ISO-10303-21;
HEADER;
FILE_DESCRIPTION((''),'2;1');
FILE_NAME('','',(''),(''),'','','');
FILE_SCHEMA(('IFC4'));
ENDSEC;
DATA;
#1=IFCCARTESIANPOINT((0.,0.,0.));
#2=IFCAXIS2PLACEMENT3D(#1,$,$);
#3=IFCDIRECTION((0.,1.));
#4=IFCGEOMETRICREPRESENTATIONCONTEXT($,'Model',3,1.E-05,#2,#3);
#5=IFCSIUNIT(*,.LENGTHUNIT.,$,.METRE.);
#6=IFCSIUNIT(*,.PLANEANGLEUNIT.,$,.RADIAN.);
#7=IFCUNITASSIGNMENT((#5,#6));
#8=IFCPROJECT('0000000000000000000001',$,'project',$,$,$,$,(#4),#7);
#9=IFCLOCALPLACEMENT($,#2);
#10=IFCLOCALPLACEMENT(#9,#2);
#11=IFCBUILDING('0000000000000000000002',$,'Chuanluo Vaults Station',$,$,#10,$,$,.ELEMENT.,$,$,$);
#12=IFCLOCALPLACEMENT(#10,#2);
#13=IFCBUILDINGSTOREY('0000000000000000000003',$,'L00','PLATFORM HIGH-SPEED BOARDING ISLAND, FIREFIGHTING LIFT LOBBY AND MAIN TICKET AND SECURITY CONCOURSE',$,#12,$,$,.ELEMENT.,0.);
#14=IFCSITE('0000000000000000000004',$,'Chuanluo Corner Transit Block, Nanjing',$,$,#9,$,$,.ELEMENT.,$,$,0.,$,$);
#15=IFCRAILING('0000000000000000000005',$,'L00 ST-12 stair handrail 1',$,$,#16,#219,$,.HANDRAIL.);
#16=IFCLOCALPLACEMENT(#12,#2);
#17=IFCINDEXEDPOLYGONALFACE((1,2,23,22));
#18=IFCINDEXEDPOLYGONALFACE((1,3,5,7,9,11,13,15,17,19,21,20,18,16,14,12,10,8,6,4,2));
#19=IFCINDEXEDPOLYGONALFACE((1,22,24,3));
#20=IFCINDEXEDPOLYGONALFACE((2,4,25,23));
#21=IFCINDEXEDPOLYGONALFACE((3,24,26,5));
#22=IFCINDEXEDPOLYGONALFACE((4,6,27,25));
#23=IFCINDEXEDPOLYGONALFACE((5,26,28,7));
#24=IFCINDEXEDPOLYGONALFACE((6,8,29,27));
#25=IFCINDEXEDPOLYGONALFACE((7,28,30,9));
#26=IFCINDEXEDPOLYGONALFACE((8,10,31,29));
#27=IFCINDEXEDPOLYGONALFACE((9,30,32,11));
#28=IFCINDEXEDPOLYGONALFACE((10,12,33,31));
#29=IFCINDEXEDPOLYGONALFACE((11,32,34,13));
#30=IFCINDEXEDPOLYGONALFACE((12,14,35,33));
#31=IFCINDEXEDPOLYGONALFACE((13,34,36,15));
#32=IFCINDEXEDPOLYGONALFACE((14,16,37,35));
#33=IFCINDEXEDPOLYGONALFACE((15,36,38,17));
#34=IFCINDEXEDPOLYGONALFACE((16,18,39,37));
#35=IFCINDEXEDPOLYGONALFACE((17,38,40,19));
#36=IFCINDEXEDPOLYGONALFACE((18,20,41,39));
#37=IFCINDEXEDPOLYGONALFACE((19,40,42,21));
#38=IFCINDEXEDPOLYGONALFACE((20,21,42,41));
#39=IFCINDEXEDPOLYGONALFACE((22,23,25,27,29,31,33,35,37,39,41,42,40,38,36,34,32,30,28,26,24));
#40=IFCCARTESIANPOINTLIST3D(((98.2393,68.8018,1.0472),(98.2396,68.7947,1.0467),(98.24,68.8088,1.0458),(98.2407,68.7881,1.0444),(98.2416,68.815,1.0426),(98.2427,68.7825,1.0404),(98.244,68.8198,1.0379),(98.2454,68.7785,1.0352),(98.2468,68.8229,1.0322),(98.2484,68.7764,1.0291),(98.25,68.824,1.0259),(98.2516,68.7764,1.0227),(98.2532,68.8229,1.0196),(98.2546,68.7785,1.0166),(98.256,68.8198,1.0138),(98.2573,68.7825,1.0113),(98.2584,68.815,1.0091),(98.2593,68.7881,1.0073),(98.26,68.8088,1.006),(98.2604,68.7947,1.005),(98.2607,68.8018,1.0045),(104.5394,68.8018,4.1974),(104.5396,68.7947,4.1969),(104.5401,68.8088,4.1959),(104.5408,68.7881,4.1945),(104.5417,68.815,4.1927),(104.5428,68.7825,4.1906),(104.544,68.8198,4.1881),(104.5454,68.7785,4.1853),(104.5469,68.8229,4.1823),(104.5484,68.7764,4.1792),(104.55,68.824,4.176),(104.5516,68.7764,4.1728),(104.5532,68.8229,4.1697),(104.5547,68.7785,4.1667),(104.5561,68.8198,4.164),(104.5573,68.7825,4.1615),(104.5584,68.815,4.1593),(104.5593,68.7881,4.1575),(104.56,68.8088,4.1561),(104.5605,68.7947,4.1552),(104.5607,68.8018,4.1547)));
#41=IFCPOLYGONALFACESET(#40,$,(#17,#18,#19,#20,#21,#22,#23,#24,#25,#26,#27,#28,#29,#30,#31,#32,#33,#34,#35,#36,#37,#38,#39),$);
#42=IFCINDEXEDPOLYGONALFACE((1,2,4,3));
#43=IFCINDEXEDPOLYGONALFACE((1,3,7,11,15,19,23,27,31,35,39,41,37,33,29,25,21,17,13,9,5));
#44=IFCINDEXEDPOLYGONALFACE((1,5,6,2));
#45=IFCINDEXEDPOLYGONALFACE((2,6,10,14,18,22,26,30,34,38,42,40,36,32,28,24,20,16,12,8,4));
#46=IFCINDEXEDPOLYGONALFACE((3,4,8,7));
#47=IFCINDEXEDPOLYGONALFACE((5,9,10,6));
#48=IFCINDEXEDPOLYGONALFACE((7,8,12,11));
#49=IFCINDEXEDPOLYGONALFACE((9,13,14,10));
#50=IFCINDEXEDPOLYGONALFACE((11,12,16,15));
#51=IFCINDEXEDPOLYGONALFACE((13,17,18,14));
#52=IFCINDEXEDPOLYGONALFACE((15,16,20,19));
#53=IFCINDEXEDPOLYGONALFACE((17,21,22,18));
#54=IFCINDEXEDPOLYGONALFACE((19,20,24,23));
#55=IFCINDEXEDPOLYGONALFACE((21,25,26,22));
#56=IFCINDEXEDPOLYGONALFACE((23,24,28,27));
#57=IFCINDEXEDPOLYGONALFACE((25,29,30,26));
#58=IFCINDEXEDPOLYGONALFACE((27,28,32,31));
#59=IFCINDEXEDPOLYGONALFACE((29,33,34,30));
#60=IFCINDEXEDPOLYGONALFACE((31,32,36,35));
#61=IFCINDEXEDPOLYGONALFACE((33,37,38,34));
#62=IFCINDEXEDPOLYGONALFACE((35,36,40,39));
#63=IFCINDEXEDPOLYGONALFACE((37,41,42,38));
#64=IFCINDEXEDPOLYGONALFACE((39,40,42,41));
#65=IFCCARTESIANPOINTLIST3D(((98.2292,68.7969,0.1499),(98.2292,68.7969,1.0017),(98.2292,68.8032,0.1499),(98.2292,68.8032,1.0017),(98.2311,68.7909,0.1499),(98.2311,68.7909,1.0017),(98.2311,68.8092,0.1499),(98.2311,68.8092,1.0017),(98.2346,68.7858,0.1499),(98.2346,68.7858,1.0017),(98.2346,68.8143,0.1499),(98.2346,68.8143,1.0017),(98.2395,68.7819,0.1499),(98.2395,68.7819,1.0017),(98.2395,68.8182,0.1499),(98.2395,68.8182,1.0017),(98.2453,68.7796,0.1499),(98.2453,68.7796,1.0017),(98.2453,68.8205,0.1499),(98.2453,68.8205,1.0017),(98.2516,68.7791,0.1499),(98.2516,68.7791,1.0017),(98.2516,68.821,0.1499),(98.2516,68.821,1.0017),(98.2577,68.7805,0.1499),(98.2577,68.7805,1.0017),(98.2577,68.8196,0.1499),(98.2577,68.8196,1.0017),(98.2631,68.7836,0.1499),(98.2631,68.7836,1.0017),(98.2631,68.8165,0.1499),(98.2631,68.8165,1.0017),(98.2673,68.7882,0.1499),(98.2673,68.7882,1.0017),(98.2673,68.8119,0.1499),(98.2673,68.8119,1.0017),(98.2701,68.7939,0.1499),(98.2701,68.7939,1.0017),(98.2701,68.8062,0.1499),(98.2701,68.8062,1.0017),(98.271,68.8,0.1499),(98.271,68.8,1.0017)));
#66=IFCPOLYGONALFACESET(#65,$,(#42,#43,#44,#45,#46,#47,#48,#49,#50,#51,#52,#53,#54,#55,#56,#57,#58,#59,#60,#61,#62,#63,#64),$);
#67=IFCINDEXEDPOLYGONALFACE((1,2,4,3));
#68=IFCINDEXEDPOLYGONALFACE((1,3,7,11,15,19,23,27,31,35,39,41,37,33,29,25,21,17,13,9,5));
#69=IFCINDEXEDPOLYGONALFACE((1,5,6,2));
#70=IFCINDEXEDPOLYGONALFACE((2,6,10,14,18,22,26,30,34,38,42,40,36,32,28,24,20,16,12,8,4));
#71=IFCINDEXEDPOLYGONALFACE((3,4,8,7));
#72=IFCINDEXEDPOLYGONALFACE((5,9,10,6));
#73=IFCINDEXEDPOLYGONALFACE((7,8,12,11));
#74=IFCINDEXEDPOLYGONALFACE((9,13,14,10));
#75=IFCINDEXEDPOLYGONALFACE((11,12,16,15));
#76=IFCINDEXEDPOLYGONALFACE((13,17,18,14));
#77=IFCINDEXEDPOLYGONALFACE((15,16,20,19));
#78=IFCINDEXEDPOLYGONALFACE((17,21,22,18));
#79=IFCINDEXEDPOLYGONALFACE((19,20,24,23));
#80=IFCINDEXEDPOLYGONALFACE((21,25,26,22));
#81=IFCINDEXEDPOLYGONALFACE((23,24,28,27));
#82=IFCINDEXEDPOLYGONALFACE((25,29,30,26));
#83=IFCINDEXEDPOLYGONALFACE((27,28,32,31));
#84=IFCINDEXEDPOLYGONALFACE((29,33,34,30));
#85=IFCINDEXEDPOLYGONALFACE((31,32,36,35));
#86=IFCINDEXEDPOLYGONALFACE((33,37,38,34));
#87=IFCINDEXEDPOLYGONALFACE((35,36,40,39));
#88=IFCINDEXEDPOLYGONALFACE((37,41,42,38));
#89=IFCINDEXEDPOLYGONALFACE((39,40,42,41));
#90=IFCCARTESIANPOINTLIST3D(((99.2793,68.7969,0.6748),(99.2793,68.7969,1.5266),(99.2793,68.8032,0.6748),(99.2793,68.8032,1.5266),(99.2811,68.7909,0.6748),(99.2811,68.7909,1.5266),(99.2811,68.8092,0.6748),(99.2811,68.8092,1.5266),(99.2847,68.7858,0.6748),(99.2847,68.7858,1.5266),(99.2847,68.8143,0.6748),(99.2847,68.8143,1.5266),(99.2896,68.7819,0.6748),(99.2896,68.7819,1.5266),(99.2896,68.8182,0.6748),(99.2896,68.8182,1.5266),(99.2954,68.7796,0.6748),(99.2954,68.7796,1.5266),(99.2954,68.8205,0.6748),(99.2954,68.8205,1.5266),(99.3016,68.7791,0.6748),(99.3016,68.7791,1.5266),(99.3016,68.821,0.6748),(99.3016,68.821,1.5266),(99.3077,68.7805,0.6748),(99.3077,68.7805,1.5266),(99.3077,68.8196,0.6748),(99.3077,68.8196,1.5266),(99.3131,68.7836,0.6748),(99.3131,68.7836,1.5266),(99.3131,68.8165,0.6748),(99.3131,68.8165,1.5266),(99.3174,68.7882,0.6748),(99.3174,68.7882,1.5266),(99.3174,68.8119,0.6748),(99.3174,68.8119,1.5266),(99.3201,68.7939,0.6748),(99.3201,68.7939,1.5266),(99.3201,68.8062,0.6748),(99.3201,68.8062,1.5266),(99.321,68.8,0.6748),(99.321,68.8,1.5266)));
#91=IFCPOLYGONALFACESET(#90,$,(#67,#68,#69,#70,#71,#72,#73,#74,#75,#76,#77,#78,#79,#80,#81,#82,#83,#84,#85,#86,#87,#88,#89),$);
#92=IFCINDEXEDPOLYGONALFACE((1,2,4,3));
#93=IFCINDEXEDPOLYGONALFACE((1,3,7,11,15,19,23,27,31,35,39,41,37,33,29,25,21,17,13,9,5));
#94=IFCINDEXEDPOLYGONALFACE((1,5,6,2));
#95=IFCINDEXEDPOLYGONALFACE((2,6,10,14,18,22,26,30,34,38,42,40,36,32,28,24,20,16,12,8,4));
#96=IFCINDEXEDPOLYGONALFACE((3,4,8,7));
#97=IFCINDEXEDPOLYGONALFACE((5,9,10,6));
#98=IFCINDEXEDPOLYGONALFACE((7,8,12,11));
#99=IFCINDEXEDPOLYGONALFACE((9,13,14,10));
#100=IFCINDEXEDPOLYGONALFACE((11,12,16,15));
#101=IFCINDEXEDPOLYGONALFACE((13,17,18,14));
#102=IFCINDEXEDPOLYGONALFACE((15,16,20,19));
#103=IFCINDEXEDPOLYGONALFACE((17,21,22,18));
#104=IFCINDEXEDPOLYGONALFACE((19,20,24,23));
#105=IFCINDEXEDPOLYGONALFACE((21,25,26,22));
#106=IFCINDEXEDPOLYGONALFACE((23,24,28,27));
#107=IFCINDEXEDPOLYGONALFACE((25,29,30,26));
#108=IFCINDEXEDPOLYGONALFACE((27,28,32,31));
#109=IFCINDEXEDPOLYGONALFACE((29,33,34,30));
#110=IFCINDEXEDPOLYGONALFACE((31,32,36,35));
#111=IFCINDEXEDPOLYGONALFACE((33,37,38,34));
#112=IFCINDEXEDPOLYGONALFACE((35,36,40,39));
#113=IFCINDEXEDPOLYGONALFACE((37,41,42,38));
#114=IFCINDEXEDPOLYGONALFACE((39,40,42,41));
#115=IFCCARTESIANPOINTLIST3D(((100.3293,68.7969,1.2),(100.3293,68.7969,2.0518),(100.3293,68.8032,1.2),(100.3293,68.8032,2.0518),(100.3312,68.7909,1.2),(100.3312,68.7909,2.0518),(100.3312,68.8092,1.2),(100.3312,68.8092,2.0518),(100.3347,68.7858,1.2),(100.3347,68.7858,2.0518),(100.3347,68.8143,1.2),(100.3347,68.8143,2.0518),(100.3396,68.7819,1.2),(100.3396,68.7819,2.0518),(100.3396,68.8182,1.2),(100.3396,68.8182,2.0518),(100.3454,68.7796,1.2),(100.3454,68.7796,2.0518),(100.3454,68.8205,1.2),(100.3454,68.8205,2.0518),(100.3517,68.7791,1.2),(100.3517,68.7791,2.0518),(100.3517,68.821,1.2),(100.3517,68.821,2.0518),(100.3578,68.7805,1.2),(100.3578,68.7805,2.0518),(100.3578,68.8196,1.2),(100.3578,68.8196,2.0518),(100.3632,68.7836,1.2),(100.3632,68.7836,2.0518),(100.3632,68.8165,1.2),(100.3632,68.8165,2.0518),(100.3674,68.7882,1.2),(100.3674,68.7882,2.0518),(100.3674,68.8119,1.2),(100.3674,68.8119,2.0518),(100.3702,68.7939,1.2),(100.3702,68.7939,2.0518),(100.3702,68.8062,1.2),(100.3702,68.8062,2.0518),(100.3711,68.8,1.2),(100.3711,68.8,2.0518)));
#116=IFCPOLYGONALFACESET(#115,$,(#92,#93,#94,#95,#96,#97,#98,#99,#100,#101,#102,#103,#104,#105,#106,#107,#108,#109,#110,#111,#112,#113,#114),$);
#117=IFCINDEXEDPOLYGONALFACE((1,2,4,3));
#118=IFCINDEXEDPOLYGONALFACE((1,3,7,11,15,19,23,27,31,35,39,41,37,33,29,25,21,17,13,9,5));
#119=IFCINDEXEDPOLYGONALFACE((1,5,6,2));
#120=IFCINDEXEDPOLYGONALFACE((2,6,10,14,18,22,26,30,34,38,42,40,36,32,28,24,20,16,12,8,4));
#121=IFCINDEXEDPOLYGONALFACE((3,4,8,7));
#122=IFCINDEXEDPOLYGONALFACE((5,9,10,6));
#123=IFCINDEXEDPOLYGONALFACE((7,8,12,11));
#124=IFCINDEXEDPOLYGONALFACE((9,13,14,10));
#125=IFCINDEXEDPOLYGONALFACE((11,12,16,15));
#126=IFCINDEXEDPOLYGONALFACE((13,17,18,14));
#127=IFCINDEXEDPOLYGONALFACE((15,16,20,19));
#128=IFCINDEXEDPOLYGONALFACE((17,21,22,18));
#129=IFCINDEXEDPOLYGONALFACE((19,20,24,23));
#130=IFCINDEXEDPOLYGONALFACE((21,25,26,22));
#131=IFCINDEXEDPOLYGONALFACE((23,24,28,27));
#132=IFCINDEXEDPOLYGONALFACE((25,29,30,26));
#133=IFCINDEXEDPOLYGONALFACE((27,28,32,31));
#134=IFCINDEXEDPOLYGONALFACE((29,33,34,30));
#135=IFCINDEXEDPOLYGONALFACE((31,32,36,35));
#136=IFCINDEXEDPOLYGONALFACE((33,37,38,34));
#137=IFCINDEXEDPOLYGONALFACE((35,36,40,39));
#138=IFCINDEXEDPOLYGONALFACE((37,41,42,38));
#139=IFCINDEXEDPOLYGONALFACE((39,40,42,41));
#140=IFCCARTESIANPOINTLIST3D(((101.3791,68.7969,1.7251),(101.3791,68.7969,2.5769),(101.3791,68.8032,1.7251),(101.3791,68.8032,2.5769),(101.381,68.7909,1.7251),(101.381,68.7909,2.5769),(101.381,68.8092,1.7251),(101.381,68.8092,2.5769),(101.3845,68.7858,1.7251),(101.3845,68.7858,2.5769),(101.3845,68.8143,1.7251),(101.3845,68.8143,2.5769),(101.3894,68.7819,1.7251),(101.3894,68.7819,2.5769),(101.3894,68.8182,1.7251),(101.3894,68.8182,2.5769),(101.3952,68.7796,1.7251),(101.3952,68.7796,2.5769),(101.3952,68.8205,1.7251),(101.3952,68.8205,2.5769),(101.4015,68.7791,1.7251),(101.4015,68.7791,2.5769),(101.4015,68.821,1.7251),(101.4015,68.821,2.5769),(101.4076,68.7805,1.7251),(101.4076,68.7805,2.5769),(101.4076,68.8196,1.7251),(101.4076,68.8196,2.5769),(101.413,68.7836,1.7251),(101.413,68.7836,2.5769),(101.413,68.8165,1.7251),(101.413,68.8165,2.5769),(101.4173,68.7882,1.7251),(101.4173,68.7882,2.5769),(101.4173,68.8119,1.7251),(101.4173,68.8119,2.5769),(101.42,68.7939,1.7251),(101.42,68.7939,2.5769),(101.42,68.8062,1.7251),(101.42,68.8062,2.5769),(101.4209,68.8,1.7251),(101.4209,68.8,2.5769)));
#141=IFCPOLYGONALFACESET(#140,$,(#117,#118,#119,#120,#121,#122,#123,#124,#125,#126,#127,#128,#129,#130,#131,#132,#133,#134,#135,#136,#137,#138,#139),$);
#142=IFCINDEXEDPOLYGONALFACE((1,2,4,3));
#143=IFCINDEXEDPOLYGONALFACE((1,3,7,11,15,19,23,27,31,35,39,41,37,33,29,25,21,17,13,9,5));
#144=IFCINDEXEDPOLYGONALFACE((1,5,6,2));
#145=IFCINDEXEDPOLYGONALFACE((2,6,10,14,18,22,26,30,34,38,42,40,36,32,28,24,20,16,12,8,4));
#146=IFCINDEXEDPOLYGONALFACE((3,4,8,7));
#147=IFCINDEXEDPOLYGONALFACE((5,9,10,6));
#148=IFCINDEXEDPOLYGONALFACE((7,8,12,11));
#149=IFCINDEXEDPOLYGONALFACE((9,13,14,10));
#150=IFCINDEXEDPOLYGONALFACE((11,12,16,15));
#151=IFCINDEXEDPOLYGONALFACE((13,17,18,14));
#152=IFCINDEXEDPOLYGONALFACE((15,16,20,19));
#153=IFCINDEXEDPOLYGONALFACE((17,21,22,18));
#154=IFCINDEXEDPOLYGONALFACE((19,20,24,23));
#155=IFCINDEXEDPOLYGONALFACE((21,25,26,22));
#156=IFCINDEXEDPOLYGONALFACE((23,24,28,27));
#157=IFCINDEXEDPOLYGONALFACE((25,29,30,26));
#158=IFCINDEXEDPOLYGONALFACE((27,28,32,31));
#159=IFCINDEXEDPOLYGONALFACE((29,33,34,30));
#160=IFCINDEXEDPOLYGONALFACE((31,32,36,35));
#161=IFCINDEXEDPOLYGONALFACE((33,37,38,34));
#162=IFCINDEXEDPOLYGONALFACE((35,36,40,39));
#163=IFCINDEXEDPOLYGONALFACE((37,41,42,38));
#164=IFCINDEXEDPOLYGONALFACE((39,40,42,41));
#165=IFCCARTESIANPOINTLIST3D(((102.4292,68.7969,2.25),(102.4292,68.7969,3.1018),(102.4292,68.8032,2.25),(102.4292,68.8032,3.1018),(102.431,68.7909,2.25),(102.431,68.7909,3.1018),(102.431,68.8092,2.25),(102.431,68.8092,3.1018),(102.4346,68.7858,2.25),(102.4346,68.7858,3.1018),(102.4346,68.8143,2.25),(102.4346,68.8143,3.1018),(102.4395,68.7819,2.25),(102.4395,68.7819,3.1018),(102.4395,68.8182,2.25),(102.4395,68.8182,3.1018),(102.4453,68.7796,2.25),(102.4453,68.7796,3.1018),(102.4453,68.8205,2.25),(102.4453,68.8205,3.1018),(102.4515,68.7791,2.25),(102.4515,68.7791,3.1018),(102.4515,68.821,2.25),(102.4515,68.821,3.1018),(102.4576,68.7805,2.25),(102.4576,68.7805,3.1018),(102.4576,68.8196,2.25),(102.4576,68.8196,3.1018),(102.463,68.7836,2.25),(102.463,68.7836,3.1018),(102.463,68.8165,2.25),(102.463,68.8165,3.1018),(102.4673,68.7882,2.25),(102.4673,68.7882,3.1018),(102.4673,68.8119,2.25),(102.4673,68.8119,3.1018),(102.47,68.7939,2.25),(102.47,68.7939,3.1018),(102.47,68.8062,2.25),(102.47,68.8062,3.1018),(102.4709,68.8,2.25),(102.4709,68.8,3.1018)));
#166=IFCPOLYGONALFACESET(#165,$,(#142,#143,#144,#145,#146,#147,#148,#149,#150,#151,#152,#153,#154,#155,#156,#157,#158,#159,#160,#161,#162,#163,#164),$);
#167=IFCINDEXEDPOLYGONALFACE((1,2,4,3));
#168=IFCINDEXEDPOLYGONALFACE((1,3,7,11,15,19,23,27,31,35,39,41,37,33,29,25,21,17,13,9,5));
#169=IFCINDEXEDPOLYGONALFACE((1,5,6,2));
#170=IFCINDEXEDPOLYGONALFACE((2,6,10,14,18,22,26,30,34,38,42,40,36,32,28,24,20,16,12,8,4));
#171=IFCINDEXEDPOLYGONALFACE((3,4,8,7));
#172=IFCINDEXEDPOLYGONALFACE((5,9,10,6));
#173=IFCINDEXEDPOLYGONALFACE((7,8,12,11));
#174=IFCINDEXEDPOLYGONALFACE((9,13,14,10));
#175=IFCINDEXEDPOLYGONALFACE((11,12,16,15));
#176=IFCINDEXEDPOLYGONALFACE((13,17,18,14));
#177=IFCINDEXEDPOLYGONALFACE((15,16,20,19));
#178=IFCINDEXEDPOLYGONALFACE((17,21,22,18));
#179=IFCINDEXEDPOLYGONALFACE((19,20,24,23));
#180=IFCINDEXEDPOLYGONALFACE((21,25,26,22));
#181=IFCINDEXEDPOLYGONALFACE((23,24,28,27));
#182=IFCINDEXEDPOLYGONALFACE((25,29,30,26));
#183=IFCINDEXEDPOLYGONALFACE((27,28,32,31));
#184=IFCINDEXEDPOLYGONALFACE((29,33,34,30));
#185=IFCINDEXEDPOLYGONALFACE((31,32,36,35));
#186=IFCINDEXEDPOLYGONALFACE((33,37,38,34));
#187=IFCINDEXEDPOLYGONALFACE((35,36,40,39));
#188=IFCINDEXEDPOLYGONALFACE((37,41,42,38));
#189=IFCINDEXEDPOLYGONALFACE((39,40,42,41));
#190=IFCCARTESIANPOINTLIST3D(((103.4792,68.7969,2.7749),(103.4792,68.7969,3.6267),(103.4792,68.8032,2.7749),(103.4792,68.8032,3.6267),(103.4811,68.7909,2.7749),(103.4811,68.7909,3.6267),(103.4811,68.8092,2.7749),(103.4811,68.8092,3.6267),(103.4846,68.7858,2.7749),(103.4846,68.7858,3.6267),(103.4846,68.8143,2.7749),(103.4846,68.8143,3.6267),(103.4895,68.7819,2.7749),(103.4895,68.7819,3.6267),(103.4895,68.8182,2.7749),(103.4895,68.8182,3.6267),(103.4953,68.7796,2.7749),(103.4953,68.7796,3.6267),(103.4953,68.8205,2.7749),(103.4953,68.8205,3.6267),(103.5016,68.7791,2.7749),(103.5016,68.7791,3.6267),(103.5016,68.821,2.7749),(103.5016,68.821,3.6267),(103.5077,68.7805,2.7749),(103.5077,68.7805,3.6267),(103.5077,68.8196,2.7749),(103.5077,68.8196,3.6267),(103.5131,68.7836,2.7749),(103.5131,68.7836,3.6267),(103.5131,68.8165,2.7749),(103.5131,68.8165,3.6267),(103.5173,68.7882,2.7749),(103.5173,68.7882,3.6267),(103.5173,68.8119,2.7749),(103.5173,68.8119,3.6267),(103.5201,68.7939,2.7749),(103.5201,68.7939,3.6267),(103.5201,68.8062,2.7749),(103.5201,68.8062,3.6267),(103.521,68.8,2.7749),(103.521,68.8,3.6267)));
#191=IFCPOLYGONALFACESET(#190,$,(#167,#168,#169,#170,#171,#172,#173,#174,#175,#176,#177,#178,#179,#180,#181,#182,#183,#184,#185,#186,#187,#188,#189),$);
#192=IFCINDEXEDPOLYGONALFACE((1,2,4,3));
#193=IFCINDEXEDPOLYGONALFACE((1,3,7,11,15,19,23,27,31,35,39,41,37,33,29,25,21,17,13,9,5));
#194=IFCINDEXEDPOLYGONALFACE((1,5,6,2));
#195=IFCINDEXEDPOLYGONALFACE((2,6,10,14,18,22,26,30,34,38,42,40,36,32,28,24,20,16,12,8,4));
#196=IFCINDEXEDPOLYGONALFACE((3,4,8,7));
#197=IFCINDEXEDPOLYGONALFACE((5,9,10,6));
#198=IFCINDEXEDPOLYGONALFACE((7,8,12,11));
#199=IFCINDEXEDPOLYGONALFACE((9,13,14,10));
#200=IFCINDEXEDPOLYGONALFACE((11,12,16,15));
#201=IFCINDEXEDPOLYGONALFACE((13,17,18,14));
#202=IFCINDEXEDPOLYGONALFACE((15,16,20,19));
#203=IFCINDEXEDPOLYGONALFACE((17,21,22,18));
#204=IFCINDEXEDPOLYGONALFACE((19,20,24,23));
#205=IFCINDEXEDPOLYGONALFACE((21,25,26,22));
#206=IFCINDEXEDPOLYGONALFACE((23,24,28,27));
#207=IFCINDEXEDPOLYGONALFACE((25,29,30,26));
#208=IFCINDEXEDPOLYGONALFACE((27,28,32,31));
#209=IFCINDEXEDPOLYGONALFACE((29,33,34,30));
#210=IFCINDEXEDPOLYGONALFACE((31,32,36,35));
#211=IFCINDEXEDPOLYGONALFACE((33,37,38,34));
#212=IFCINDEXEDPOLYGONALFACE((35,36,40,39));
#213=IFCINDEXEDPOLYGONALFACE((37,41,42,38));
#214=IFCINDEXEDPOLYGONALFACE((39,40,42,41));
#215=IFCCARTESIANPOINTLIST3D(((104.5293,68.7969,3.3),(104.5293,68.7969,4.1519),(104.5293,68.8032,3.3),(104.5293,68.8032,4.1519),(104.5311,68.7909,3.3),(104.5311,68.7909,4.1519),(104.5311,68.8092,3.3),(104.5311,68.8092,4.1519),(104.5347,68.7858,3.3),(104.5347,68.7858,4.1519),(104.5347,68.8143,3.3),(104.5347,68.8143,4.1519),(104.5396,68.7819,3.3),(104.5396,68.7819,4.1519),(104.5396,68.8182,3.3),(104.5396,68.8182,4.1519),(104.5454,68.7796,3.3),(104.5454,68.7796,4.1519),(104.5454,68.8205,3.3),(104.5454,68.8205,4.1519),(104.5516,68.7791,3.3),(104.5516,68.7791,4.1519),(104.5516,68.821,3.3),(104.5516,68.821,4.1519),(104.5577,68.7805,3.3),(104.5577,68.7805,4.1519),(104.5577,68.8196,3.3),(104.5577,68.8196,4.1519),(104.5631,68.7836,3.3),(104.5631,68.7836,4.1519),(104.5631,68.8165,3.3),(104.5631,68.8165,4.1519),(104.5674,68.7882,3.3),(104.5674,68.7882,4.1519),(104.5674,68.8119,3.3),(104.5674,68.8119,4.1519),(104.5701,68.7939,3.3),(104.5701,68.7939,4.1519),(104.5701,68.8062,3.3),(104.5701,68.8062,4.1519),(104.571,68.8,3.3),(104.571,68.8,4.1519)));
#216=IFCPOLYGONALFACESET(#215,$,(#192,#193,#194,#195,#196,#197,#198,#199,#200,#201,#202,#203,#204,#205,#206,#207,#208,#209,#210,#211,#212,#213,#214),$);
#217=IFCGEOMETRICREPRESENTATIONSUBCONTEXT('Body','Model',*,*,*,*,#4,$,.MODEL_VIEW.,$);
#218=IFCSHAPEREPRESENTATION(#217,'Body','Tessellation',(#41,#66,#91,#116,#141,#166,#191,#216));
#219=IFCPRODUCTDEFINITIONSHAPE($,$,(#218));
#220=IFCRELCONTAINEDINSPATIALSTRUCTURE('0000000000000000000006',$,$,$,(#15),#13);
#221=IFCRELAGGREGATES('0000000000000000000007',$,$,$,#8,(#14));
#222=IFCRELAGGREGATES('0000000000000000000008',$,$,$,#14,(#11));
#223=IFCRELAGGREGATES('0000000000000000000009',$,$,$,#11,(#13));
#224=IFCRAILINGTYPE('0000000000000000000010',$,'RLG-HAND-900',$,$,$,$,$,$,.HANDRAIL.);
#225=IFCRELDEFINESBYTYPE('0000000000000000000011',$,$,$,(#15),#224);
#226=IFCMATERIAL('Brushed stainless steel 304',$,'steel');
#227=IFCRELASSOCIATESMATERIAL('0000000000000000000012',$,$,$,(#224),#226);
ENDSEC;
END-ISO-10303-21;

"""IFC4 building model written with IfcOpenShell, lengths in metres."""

from ifc_helpers import new_model, si_unit, direction, frame, origin, origin_2d, place, context, subcontext, project, spatial, circle, extrude, material, type_object, element, save


model = new_model("IFC4")

# Units and contexts
model_context = context("Model", 3, precision=1e-05, world=origin(), true_north=direction((0.0, 1.0)))
body_context = subcontext(model_context, "Body", "Model", "MODEL_VIEW")
ifc_project = project(units=[si_unit("LENGTHUNIT", "METRE"), si_unit("PLANEANGLEUNIT", "RADIAN")], contexts=[model_context])

# Site, building, storey
site_placement = place(None, origin())
site = spatial("IfcSite", under=ifc_project, at=site_placement, Name="Chuanluo Corner Transit Block, Nanjing", CompositionType="ELEMENT", RefElevation=0.0)
building_placement = place(site_placement, origin())
building = spatial("IfcBuilding", under=site, at=building_placement, Name="Chuanluo Vaults Station", CompositionType="ELEMENT")
storey_placement = place(building_placement, origin())
storey = spatial("IfcBuildingStorey", under=building, at=storey_placement, Name="L00", Description="PLATFORM HIGH-SPEED BOARDING ISLAND, FIREFIGHTING LIFT LOBBY AND MAIN TICKET AND SECURITY CONCOURSE", CompositionType="ELEMENT", Elevation=0.0)

# Railing
ifc_material_1 = material(Name="Brushed stainless steel 304", Category="steel")
railing_type_1 = type_object("IfcRailingType", Name="RLG-HAND-900", PredefinedType="HANDRAIL", material=ifc_material_1)
railing_1_placement = place(storey_placement, frame((98.25, 68.8, 0.1499)))
element("IfcRailing", 1, at=railing_1_placement, inside=storey, type_object=railing_type_1, Name="L00 ST-12 stair handrail 1", PredefinedType="HANDRAIL", context=body_context, shape_type="SweptSolid", body=[
    extrude(circle(Radius=0.0239, at=origin_2d()), frame((0.0, 0.0, 0.876), z_axis=(0.89442, 0.0, 0.447227), x_axis=(0.0, 1.0, 0.0)), (0.0, 0.0, 1.0), 7.0437),
    extrude(circle(Radius=0.021, at=origin_2d()), origin(), (0.0, 0.0, 1.0), 0.8518),
    extrude(circle(Radius=0.021, at=origin_2d()), frame((1.05, 0.0, 0.5249)), (0.0, 0.0, 1.0), 0.8518),
    extrude(circle(Radius=0.021, at=origin_2d()), frame((2.1001, 0.0, 1.05)), (0.0, 0.0, 1.0), 0.8518),
    extrude(circle(Radius=0.021, at=origin_2d()), frame((3.1499, 0.0, 1.5752)), (0.0, 0.0, 1.0), 0.8518),
    extrude(circle(Radius=0.021, at=origin_2d()), frame((4.2, 0.0, 2.1001)), (0.0, 0.0, 1.0), 0.8518),
    extrude(circle(Radius=0.021, at=origin_2d()), frame((5.25, 0.0, 2.625)), (0.0, 0.0, 1.0), 0.8518),
    extrude(circle(Radius=0.021, at=origin_2d()), frame((6.3, 0.0, 3.1501)), (0.0, 0.0, 1.0), 0.8518),
])

save(model, "model.ifc")
